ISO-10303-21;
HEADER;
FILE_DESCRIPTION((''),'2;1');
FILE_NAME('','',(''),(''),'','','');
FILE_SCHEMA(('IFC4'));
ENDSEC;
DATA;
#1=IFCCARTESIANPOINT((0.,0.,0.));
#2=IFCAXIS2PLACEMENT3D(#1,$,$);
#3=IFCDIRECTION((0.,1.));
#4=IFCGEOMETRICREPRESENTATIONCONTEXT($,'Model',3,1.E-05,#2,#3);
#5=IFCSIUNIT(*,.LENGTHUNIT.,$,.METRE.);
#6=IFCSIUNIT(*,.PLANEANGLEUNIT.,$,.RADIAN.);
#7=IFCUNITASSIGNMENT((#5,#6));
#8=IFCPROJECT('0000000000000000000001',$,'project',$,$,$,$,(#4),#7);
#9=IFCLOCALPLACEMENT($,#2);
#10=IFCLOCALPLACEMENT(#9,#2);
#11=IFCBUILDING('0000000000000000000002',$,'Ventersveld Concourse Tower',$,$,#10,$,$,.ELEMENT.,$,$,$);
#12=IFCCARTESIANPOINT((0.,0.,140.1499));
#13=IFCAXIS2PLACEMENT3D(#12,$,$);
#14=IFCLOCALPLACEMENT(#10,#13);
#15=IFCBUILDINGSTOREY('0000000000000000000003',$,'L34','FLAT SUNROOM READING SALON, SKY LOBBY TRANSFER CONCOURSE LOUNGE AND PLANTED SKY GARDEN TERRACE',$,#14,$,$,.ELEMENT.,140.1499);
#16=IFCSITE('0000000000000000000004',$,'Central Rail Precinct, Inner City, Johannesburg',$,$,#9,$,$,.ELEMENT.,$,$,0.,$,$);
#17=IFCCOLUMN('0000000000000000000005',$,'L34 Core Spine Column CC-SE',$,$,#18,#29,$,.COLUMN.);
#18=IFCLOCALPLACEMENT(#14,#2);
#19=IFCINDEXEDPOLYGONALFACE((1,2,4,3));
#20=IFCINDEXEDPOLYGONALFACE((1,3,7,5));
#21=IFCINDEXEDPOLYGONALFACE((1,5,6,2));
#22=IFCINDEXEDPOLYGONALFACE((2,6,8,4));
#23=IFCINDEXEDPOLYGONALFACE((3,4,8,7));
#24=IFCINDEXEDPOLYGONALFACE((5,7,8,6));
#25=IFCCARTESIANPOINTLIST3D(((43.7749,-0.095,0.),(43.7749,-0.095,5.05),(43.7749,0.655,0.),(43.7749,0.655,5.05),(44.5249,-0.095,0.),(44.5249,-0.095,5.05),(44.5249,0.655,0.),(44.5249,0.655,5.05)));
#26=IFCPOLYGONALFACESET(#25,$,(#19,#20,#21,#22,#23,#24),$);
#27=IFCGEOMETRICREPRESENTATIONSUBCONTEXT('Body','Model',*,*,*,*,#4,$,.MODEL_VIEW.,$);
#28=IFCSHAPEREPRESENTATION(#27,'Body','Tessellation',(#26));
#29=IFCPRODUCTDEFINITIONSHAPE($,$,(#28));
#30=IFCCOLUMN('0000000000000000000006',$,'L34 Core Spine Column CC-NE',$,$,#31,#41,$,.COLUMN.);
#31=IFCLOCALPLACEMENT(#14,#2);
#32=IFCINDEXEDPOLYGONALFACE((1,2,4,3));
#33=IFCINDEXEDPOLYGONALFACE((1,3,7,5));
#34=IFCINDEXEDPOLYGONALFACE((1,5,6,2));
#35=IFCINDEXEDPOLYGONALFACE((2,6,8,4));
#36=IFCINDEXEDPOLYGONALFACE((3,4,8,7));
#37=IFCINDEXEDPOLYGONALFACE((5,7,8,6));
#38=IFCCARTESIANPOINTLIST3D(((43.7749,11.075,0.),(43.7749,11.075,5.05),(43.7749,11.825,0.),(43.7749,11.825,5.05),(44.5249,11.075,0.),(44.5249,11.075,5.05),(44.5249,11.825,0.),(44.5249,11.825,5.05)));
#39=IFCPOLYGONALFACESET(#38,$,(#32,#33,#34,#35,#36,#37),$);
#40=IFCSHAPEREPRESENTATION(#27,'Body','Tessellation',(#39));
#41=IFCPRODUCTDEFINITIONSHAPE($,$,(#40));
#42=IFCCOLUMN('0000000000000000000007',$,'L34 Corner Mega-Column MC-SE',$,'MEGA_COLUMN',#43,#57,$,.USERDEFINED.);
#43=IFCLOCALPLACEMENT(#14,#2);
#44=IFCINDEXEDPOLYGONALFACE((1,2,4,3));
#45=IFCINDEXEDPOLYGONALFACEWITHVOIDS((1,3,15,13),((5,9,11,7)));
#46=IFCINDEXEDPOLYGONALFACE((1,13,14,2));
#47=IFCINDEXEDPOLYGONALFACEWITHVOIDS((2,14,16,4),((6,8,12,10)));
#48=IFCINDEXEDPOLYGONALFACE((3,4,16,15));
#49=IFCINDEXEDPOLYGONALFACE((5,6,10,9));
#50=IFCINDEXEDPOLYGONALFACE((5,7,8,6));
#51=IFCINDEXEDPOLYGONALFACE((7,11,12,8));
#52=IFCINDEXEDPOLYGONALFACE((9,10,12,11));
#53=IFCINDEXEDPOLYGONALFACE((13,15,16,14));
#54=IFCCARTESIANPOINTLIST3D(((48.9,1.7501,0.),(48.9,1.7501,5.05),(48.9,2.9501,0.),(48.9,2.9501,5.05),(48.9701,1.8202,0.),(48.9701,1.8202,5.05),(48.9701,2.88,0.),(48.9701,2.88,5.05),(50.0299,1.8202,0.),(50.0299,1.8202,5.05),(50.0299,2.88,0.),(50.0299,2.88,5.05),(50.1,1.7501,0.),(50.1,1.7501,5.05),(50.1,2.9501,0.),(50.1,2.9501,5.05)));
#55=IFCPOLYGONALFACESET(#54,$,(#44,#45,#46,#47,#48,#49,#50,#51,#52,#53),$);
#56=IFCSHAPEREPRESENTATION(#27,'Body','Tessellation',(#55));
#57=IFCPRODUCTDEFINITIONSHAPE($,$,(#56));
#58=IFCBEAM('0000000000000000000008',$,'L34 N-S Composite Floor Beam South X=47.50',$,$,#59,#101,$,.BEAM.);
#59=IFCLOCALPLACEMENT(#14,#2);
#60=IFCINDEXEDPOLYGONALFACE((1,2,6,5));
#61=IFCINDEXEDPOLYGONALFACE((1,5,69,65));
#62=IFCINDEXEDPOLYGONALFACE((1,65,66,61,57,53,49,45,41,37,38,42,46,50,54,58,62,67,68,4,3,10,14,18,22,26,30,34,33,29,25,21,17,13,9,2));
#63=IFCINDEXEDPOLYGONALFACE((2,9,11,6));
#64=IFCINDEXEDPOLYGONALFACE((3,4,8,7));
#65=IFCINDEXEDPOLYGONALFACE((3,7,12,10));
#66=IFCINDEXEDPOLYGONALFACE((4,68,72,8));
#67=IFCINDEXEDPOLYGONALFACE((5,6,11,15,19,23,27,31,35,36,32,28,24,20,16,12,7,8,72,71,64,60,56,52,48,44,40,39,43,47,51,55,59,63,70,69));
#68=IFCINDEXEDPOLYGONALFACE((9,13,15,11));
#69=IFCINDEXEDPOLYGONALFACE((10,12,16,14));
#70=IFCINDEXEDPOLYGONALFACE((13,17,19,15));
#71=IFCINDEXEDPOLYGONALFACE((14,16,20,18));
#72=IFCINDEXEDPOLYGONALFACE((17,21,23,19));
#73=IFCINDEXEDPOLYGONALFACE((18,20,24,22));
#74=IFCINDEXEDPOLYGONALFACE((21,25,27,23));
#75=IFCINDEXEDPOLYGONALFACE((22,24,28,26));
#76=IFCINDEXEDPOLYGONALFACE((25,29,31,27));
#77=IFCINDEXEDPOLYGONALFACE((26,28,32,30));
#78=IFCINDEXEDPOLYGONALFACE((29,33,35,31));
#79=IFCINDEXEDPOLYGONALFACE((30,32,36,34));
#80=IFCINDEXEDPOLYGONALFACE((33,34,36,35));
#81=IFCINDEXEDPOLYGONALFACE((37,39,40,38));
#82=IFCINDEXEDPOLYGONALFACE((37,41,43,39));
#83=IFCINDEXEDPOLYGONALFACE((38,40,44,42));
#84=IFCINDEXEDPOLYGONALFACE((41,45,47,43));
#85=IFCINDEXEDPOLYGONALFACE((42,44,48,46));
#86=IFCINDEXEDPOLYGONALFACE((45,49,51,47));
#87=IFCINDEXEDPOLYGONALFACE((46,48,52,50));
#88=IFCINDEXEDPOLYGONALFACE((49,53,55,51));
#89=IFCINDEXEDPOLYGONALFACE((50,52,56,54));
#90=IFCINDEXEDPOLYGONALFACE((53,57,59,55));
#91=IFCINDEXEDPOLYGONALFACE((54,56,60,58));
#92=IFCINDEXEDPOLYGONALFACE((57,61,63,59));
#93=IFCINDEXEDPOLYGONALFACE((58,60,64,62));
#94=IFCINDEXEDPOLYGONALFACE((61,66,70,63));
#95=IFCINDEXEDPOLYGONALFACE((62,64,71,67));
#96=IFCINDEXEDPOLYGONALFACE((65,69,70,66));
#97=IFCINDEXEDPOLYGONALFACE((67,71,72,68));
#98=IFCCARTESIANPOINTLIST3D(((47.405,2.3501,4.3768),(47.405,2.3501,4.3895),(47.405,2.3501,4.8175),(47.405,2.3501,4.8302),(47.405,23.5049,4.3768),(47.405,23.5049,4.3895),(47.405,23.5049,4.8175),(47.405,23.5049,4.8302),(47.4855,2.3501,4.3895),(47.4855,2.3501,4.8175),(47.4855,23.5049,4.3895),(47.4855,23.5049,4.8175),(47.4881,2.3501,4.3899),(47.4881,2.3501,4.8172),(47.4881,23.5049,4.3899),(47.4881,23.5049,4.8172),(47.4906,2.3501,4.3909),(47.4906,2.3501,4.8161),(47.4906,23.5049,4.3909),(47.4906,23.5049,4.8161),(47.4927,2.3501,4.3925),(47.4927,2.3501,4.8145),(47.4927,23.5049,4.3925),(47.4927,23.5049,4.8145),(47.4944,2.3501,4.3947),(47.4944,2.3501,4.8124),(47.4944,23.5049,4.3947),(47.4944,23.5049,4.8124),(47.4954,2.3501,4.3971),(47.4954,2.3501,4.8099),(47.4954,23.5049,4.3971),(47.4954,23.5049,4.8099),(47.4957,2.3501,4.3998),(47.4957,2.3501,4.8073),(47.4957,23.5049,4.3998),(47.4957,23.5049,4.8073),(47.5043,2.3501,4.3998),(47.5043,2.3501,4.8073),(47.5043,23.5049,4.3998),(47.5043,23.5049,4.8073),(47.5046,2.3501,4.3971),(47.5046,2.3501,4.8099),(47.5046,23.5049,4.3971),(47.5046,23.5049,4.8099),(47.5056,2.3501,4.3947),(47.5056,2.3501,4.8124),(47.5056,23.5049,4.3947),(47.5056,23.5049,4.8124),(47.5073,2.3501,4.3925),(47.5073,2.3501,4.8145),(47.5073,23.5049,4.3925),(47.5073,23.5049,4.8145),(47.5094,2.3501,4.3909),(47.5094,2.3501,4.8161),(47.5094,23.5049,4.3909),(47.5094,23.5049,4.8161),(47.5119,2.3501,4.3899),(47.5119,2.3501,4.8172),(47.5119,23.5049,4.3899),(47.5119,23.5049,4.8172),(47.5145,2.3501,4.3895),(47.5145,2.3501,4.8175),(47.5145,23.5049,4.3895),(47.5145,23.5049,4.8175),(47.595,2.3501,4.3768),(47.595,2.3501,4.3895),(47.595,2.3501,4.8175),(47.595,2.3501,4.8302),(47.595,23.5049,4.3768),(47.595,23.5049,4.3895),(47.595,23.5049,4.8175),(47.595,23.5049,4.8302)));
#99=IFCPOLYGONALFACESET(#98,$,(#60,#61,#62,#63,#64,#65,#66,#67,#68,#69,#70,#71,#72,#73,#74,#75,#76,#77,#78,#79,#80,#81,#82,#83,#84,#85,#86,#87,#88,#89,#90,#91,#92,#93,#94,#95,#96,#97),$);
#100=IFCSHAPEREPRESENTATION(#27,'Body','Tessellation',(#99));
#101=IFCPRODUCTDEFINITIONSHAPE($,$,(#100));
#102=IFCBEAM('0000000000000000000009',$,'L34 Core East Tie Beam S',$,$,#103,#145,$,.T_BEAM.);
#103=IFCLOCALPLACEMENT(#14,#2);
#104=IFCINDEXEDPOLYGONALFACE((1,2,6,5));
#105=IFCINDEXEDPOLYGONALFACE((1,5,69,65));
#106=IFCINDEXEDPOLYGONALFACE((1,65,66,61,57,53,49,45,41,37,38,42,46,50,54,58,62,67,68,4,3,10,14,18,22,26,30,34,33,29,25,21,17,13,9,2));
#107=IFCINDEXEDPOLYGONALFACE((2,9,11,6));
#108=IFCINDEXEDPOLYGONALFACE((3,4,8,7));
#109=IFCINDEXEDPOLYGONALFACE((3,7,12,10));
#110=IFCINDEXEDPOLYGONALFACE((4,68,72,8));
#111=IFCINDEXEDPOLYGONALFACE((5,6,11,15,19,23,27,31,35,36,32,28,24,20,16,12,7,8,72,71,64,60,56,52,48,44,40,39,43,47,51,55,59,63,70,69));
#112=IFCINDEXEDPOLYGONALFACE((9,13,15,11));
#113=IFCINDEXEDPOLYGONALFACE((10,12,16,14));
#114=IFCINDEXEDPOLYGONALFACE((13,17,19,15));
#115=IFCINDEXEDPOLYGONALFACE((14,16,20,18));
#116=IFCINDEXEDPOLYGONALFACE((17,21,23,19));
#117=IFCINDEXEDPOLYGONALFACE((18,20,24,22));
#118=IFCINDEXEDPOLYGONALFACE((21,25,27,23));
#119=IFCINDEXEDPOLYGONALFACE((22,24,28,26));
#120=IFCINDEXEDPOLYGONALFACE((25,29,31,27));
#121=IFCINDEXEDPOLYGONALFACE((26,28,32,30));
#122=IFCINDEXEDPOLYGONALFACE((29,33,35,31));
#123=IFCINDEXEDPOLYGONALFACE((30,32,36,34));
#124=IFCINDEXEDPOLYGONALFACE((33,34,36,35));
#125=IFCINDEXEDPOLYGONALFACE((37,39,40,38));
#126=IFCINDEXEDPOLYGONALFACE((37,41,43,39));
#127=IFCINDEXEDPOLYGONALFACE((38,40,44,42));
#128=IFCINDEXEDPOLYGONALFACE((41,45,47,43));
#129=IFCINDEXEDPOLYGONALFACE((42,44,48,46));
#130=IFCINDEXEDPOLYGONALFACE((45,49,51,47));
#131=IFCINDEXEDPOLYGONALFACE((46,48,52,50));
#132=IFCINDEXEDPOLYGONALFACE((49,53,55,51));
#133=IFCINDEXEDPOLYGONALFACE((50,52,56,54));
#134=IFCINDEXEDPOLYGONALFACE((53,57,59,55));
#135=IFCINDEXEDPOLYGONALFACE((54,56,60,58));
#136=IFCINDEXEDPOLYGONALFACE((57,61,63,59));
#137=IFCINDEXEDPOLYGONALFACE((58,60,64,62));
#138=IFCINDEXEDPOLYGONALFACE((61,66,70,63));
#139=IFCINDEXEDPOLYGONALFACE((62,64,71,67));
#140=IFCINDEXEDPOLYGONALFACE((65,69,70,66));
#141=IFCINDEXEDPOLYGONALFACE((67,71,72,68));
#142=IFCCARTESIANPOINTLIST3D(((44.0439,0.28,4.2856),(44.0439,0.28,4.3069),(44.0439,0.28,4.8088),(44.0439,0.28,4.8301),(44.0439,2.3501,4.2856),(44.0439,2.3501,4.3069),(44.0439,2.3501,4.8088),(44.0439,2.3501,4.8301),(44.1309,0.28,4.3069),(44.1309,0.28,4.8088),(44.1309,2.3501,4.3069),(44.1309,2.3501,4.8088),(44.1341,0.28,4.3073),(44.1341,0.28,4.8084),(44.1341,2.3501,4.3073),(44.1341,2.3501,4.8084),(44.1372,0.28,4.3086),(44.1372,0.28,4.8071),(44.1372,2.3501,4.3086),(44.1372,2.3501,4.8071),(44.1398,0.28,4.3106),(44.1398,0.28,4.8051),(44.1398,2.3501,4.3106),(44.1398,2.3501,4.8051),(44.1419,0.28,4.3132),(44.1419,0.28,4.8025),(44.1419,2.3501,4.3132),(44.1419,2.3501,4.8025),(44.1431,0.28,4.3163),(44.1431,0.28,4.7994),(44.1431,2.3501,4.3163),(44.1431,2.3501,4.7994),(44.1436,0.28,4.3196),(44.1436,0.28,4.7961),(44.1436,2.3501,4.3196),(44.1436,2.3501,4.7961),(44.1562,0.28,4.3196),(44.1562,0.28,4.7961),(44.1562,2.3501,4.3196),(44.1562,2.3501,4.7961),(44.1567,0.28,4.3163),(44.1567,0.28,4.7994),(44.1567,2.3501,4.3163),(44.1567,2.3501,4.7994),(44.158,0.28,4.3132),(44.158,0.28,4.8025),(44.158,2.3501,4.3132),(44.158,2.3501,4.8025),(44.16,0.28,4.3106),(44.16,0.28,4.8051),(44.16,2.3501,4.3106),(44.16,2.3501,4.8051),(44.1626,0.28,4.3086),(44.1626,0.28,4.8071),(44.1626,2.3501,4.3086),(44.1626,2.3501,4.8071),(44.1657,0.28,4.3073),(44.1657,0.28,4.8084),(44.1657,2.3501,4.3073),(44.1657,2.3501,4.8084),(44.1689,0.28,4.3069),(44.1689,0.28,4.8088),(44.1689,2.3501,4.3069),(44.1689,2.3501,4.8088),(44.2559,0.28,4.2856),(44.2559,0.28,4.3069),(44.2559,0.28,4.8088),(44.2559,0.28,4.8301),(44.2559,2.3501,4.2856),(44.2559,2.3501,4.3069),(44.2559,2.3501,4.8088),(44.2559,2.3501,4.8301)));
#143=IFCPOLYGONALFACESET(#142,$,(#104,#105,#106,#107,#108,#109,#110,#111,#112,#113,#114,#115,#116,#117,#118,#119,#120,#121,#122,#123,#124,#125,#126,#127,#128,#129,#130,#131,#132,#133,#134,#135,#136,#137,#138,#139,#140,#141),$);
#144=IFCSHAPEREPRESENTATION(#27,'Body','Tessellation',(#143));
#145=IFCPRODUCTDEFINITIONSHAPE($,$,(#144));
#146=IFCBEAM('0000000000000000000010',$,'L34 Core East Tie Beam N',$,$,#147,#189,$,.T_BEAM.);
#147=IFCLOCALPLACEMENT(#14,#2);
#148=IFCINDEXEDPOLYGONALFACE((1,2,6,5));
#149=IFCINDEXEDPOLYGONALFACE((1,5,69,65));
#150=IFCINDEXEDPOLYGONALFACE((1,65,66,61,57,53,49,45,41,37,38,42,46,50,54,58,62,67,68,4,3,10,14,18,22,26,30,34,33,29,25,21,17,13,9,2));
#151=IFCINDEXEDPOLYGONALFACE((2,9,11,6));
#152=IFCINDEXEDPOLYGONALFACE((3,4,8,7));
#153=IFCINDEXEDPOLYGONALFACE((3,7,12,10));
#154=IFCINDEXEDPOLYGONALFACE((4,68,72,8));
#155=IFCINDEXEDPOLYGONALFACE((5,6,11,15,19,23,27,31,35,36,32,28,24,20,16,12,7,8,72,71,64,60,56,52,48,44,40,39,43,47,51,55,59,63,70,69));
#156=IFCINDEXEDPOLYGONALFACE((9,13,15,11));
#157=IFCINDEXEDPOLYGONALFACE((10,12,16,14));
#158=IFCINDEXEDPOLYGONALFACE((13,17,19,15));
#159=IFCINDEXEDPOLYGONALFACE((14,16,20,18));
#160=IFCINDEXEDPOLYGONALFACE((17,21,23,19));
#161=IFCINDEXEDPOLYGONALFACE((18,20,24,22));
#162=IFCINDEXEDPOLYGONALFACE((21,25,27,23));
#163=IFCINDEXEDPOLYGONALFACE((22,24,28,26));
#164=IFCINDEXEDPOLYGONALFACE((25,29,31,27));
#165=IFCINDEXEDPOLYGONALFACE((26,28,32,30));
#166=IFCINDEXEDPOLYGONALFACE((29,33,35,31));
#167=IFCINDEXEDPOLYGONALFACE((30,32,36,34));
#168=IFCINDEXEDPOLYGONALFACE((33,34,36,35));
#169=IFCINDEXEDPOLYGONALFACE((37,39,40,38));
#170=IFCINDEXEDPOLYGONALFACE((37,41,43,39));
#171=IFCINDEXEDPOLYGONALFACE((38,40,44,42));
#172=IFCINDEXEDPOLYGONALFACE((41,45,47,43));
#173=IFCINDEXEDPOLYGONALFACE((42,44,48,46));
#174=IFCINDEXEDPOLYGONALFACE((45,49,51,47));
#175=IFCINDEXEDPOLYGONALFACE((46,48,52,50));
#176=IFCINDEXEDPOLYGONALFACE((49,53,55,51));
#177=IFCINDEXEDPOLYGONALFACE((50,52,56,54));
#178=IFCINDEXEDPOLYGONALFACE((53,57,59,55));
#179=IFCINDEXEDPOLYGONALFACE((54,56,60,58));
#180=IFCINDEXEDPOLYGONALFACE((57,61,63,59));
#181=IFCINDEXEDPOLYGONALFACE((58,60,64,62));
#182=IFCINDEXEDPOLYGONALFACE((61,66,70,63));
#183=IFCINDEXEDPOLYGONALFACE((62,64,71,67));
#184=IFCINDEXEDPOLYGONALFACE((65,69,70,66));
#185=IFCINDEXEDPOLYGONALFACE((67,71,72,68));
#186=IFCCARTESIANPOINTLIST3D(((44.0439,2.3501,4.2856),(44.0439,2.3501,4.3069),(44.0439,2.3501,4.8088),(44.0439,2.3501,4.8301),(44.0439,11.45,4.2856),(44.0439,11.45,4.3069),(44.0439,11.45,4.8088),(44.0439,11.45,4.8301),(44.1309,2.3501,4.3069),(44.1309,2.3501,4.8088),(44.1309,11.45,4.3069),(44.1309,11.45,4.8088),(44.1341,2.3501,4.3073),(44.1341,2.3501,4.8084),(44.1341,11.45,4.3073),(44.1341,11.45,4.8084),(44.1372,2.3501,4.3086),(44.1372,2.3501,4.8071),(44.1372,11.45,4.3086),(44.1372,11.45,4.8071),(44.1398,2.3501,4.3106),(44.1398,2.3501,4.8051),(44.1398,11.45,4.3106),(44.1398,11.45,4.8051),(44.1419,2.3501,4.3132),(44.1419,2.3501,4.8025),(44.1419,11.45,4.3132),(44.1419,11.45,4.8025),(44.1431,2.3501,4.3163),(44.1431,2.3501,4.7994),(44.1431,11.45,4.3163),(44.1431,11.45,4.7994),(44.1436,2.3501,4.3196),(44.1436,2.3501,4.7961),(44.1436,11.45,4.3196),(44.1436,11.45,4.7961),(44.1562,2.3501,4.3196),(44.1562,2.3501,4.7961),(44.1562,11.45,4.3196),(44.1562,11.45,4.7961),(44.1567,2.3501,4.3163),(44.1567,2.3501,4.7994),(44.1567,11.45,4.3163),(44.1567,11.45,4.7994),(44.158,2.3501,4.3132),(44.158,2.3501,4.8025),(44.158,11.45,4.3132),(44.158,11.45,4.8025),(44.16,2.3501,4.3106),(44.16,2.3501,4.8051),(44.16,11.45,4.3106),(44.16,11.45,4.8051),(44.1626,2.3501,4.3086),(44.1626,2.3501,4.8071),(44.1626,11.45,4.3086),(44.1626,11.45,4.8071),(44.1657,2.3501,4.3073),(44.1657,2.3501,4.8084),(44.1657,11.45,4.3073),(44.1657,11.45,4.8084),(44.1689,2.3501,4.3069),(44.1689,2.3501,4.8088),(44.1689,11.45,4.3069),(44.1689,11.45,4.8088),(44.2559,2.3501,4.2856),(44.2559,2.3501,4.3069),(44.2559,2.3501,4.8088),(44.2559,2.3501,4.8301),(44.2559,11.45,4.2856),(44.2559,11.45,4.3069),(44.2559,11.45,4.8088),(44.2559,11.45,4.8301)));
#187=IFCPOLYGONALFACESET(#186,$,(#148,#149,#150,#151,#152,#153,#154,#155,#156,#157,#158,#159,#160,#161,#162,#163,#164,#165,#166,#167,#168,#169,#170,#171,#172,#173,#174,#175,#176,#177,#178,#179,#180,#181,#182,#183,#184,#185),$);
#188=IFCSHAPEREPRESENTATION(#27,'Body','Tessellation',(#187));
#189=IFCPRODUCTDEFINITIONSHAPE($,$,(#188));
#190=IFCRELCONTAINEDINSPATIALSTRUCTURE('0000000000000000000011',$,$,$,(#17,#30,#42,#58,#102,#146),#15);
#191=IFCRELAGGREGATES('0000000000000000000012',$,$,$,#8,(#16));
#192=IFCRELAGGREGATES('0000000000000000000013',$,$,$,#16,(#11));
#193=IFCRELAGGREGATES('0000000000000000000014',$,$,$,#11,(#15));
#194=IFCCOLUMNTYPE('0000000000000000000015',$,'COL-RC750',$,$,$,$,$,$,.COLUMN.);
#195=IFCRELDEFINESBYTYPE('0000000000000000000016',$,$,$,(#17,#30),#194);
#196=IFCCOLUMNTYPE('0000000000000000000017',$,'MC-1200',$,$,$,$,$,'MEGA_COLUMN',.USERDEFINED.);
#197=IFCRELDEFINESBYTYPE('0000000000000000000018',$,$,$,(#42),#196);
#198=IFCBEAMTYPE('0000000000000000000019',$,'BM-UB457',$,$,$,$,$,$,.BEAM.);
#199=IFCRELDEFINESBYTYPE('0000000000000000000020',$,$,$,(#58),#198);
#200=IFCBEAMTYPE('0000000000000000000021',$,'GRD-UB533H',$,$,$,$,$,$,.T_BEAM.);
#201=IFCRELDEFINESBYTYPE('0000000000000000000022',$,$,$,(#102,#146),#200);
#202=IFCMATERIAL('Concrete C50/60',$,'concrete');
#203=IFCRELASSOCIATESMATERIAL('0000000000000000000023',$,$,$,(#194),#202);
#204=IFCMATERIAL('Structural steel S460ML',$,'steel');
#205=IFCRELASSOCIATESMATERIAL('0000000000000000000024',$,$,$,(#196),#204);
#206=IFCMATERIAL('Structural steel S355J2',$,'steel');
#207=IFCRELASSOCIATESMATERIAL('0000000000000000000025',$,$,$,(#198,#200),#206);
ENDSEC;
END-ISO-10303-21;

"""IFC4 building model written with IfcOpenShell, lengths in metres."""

from ifc_helpers import new_model, si_unit, direction, frame, origin, origin_2d, place, context, subcontext, project, spatial, rectangle, hollow_rectangle, i_section, extrude, material, material_profile, profile_set, type_object, element, save


model = new_model("IFC4")

# Units and contexts
model_context = context("Model", 3, precision=1e-05, world=origin(), true_north=direction((0.0, 1.0)))
body_context = subcontext(model_context, "Body", "Model", "MODEL_VIEW")
ifc_project = project(units=[si_unit("LENGTHUNIT", "METRE"), si_unit("PLANEANGLEUNIT", "RADIAN")], contexts=[model_context])

# Site, building, storey
site_placement = place(None, origin())
site = spatial("IfcSite", under=ifc_project, at=site_placement, Name="Central Rail Precinct, Inner City, Johannesburg", CompositionType="ELEMENT", RefElevation=0.0)
building_placement = place(site_placement, origin())
building = spatial("IfcBuilding", under=site, at=building_placement, Name="Ventersveld Concourse Tower", CompositionType="ELEMENT")
storey_placement = place(building_placement, frame((0.0, 0.0, 140.1499)))
storey = spatial("IfcBuildingStorey", under=building, at=storey_placement, Name="L34", Description="FLAT SUNROOM READING SALON, SKY LOBBY TRANSFER CONCOURSE LOUNGE AND PLANTED SKY GARDEN TERRACE", CompositionType="ELEMENT", Elevation=140.1499)

# Columns
ifc_material_1 = material(Name="Concrete C50/60", Category="concrete")
ifc_material_profile_1 = material_profile(ifc_material_1, rectangle(XDim=0.75, YDim=0.75, at=origin_2d()), Name="RC 750x750")
ifc_profile_set_1 = profile_set([ifc_material_profile_1], Name="Concrete C50/60")
column_type_1 = type_object("IfcColumnType", Name="COL-RC750", PredefinedType="COLUMN", material=ifc_profile_set_1)
for number, where, z_axis, x_axis, name in (
    (1, (44.1499, 0.28, 0.0), (0.0, 0.0, 1.0), (1.0, 0.0, 0.0), "L34 Core Spine Column CC-SE"),
    (2, (44.1499, 11.45, 0.0), (0.0, 0.0, 1.0), (1.0, 0.0, 0.0), "L34 Core Spine Column CC-NE"),
):
    element("IfcColumn", number, at=place(storey_placement, frame(where, z_axis=z_axis, x_axis=x_axis)), inside=storey, type_object=column_type_1, Name=name, PredefinedType="COLUMN", context=body_context, shape_type="SweptSolid", body=[
        extrude(rectangle(XDim=0.75, YDim=0.75, at=origin_2d()), origin(), (0.0, 0.0, 1.0), 5.05),
    ])
ifc_material_2 = material(Name="Structural steel S460ML", Category="steel")
ifc_material_profile_2 = material_profile(ifc_material_2, hollow_rectangle(XDim=1.2, YDim=1.2, WallThickness=0.0701, at=origin_2d()), Name="BOX 1200x1200x70")
ifc_profile_set_2 = profile_set([ifc_material_profile_2], Name="Structural steel S460ML")
column_type_2 = type_object("IfcColumnType", Name="MC-1200", ElementType="MEGA_COLUMN", PredefinedType="USERDEFINED", material=ifc_profile_set_2)
column_placement = place(storey_placement, frame((49.5, 2.3501, 0.0), z_axis=(0.0, 0.0, 1.0), x_axis=(1.0, 0.0, 0.0)))
element("IfcColumn", 3, at=column_placement, inside=storey, type_object=column_type_2, Name="L34 Corner Mega-Column MC-SE", ObjectType="MEGA_COLUMN", PredefinedType="USERDEFINED", context=body_context, shape_type="SweptSolid", body=[
    extrude(hollow_rectangle(XDim=1.2, YDim=1.2, WallThickness=0.0701, at=origin_2d()), origin(), (0.0, 0.0, 1.0), 5.05),
])

# Beams
ifc_material_3 = material(Name="Structural steel S355J2", Category="steel")
ifc_material_profile_3 = material_profile(ifc_material_3, i_section(OverallWidth=0.1899, OverallDepth=0.4534, WebThickness=0.0085, FlangeThickness=0.0127, FilletRadius=0.0103, at=origin_2d()), Name="UB 457x191x67")
ifc_profile_set_3 = profile_set([ifc_material_profile_3], Name="Structural steel S355J2")
beam_type_1 = type_object("IfcBeamType", Name="BM-UB457", PredefinedType="BEAM", material=ifc_profile_set_3)
beam_1_placement = place(storey_placement, frame((47.5, 2.3501, 4.6035), z_axis=(0.0, 1.0, 0.0), x_axis=(-1.0, 0.0, 0.0)))
element("IfcBeam", 4, at=beam_1_placement, inside=storey, type_object=beam_type_1, Name="L34 N-S Composite Floor Beam South X=47.50", PredefinedType="BEAM", context=body_context, shape_type="SweptSolid", body=[
    extrude(i_section(OverallWidth=0.1899, OverallDepth=0.4534, WebThickness=0.0085, FlangeThickness=0.0127, FilletRadius=0.0103, at=origin_2d()), origin(), (0.0, 0.0, 1.0), 21.1548),
])
ifc_material_profile_4 = material_profile(ifc_material_3, i_section(OverallWidth=0.2119, OverallDepth=0.5444, WebThickness=0.0127, FlangeThickness=0.0212, FilletRadius=0.0127, at=origin_2d()), Name="UB 533x210x122")
ifc_profile_set_4 = profile_set([ifc_material_profile_4], Name="Structural steel S355J2")
beam_type_2 = type_object("IfcBeamType", Name="GRD-UB533H", PredefinedType="T_BEAM", material=ifc_profile_set_4)
beam_2_placement = place(storey_placement, frame((44.1499, 0.28, 4.5579), z_axis=(0.0, 1.0, 0.0), x_axis=(-1.0, 0.0, 0.0)))
element("IfcBeam", 5, at=beam_2_placement, inside=storey, type_object=beam_type_2, Name="L34 Core East Tie Beam S", PredefinedType="T_BEAM", context=body_context, shape_type="SweptSolid", body=[
    extrude(i_section(OverallWidth=0.2119, OverallDepth=0.5444, WebThickness=0.0127, FlangeThickness=0.0212, FilletRadius=0.0127, at=origin_2d()), origin(), (0.0, 0.0, 1.0), 2.0701),
])
beam_3_placement = place(storey_placement, frame((44.1499, 2.3501, 4.5579), z_axis=(0.0, 1.0, 0.0), x_axis=(-1.0, 0.0, 0.0)))
element("IfcBeam", 6, at=beam_3_placement, inside=storey, type_object=beam_type_2, Name="L34 Core East Tie Beam N", PredefinedType="T_BEAM", context=body_context, shape_type="SweptSolid", body=[
    extrude(i_section(OverallWidth=0.2119, OverallDepth=0.5444, WebThickness=0.0127, FlangeThickness=0.0212, FilletRadius=0.0127, at=origin_2d()), origin(), (0.0, 0.0, 1.0), 9.0999),
])

save(model, "model.ifc")
